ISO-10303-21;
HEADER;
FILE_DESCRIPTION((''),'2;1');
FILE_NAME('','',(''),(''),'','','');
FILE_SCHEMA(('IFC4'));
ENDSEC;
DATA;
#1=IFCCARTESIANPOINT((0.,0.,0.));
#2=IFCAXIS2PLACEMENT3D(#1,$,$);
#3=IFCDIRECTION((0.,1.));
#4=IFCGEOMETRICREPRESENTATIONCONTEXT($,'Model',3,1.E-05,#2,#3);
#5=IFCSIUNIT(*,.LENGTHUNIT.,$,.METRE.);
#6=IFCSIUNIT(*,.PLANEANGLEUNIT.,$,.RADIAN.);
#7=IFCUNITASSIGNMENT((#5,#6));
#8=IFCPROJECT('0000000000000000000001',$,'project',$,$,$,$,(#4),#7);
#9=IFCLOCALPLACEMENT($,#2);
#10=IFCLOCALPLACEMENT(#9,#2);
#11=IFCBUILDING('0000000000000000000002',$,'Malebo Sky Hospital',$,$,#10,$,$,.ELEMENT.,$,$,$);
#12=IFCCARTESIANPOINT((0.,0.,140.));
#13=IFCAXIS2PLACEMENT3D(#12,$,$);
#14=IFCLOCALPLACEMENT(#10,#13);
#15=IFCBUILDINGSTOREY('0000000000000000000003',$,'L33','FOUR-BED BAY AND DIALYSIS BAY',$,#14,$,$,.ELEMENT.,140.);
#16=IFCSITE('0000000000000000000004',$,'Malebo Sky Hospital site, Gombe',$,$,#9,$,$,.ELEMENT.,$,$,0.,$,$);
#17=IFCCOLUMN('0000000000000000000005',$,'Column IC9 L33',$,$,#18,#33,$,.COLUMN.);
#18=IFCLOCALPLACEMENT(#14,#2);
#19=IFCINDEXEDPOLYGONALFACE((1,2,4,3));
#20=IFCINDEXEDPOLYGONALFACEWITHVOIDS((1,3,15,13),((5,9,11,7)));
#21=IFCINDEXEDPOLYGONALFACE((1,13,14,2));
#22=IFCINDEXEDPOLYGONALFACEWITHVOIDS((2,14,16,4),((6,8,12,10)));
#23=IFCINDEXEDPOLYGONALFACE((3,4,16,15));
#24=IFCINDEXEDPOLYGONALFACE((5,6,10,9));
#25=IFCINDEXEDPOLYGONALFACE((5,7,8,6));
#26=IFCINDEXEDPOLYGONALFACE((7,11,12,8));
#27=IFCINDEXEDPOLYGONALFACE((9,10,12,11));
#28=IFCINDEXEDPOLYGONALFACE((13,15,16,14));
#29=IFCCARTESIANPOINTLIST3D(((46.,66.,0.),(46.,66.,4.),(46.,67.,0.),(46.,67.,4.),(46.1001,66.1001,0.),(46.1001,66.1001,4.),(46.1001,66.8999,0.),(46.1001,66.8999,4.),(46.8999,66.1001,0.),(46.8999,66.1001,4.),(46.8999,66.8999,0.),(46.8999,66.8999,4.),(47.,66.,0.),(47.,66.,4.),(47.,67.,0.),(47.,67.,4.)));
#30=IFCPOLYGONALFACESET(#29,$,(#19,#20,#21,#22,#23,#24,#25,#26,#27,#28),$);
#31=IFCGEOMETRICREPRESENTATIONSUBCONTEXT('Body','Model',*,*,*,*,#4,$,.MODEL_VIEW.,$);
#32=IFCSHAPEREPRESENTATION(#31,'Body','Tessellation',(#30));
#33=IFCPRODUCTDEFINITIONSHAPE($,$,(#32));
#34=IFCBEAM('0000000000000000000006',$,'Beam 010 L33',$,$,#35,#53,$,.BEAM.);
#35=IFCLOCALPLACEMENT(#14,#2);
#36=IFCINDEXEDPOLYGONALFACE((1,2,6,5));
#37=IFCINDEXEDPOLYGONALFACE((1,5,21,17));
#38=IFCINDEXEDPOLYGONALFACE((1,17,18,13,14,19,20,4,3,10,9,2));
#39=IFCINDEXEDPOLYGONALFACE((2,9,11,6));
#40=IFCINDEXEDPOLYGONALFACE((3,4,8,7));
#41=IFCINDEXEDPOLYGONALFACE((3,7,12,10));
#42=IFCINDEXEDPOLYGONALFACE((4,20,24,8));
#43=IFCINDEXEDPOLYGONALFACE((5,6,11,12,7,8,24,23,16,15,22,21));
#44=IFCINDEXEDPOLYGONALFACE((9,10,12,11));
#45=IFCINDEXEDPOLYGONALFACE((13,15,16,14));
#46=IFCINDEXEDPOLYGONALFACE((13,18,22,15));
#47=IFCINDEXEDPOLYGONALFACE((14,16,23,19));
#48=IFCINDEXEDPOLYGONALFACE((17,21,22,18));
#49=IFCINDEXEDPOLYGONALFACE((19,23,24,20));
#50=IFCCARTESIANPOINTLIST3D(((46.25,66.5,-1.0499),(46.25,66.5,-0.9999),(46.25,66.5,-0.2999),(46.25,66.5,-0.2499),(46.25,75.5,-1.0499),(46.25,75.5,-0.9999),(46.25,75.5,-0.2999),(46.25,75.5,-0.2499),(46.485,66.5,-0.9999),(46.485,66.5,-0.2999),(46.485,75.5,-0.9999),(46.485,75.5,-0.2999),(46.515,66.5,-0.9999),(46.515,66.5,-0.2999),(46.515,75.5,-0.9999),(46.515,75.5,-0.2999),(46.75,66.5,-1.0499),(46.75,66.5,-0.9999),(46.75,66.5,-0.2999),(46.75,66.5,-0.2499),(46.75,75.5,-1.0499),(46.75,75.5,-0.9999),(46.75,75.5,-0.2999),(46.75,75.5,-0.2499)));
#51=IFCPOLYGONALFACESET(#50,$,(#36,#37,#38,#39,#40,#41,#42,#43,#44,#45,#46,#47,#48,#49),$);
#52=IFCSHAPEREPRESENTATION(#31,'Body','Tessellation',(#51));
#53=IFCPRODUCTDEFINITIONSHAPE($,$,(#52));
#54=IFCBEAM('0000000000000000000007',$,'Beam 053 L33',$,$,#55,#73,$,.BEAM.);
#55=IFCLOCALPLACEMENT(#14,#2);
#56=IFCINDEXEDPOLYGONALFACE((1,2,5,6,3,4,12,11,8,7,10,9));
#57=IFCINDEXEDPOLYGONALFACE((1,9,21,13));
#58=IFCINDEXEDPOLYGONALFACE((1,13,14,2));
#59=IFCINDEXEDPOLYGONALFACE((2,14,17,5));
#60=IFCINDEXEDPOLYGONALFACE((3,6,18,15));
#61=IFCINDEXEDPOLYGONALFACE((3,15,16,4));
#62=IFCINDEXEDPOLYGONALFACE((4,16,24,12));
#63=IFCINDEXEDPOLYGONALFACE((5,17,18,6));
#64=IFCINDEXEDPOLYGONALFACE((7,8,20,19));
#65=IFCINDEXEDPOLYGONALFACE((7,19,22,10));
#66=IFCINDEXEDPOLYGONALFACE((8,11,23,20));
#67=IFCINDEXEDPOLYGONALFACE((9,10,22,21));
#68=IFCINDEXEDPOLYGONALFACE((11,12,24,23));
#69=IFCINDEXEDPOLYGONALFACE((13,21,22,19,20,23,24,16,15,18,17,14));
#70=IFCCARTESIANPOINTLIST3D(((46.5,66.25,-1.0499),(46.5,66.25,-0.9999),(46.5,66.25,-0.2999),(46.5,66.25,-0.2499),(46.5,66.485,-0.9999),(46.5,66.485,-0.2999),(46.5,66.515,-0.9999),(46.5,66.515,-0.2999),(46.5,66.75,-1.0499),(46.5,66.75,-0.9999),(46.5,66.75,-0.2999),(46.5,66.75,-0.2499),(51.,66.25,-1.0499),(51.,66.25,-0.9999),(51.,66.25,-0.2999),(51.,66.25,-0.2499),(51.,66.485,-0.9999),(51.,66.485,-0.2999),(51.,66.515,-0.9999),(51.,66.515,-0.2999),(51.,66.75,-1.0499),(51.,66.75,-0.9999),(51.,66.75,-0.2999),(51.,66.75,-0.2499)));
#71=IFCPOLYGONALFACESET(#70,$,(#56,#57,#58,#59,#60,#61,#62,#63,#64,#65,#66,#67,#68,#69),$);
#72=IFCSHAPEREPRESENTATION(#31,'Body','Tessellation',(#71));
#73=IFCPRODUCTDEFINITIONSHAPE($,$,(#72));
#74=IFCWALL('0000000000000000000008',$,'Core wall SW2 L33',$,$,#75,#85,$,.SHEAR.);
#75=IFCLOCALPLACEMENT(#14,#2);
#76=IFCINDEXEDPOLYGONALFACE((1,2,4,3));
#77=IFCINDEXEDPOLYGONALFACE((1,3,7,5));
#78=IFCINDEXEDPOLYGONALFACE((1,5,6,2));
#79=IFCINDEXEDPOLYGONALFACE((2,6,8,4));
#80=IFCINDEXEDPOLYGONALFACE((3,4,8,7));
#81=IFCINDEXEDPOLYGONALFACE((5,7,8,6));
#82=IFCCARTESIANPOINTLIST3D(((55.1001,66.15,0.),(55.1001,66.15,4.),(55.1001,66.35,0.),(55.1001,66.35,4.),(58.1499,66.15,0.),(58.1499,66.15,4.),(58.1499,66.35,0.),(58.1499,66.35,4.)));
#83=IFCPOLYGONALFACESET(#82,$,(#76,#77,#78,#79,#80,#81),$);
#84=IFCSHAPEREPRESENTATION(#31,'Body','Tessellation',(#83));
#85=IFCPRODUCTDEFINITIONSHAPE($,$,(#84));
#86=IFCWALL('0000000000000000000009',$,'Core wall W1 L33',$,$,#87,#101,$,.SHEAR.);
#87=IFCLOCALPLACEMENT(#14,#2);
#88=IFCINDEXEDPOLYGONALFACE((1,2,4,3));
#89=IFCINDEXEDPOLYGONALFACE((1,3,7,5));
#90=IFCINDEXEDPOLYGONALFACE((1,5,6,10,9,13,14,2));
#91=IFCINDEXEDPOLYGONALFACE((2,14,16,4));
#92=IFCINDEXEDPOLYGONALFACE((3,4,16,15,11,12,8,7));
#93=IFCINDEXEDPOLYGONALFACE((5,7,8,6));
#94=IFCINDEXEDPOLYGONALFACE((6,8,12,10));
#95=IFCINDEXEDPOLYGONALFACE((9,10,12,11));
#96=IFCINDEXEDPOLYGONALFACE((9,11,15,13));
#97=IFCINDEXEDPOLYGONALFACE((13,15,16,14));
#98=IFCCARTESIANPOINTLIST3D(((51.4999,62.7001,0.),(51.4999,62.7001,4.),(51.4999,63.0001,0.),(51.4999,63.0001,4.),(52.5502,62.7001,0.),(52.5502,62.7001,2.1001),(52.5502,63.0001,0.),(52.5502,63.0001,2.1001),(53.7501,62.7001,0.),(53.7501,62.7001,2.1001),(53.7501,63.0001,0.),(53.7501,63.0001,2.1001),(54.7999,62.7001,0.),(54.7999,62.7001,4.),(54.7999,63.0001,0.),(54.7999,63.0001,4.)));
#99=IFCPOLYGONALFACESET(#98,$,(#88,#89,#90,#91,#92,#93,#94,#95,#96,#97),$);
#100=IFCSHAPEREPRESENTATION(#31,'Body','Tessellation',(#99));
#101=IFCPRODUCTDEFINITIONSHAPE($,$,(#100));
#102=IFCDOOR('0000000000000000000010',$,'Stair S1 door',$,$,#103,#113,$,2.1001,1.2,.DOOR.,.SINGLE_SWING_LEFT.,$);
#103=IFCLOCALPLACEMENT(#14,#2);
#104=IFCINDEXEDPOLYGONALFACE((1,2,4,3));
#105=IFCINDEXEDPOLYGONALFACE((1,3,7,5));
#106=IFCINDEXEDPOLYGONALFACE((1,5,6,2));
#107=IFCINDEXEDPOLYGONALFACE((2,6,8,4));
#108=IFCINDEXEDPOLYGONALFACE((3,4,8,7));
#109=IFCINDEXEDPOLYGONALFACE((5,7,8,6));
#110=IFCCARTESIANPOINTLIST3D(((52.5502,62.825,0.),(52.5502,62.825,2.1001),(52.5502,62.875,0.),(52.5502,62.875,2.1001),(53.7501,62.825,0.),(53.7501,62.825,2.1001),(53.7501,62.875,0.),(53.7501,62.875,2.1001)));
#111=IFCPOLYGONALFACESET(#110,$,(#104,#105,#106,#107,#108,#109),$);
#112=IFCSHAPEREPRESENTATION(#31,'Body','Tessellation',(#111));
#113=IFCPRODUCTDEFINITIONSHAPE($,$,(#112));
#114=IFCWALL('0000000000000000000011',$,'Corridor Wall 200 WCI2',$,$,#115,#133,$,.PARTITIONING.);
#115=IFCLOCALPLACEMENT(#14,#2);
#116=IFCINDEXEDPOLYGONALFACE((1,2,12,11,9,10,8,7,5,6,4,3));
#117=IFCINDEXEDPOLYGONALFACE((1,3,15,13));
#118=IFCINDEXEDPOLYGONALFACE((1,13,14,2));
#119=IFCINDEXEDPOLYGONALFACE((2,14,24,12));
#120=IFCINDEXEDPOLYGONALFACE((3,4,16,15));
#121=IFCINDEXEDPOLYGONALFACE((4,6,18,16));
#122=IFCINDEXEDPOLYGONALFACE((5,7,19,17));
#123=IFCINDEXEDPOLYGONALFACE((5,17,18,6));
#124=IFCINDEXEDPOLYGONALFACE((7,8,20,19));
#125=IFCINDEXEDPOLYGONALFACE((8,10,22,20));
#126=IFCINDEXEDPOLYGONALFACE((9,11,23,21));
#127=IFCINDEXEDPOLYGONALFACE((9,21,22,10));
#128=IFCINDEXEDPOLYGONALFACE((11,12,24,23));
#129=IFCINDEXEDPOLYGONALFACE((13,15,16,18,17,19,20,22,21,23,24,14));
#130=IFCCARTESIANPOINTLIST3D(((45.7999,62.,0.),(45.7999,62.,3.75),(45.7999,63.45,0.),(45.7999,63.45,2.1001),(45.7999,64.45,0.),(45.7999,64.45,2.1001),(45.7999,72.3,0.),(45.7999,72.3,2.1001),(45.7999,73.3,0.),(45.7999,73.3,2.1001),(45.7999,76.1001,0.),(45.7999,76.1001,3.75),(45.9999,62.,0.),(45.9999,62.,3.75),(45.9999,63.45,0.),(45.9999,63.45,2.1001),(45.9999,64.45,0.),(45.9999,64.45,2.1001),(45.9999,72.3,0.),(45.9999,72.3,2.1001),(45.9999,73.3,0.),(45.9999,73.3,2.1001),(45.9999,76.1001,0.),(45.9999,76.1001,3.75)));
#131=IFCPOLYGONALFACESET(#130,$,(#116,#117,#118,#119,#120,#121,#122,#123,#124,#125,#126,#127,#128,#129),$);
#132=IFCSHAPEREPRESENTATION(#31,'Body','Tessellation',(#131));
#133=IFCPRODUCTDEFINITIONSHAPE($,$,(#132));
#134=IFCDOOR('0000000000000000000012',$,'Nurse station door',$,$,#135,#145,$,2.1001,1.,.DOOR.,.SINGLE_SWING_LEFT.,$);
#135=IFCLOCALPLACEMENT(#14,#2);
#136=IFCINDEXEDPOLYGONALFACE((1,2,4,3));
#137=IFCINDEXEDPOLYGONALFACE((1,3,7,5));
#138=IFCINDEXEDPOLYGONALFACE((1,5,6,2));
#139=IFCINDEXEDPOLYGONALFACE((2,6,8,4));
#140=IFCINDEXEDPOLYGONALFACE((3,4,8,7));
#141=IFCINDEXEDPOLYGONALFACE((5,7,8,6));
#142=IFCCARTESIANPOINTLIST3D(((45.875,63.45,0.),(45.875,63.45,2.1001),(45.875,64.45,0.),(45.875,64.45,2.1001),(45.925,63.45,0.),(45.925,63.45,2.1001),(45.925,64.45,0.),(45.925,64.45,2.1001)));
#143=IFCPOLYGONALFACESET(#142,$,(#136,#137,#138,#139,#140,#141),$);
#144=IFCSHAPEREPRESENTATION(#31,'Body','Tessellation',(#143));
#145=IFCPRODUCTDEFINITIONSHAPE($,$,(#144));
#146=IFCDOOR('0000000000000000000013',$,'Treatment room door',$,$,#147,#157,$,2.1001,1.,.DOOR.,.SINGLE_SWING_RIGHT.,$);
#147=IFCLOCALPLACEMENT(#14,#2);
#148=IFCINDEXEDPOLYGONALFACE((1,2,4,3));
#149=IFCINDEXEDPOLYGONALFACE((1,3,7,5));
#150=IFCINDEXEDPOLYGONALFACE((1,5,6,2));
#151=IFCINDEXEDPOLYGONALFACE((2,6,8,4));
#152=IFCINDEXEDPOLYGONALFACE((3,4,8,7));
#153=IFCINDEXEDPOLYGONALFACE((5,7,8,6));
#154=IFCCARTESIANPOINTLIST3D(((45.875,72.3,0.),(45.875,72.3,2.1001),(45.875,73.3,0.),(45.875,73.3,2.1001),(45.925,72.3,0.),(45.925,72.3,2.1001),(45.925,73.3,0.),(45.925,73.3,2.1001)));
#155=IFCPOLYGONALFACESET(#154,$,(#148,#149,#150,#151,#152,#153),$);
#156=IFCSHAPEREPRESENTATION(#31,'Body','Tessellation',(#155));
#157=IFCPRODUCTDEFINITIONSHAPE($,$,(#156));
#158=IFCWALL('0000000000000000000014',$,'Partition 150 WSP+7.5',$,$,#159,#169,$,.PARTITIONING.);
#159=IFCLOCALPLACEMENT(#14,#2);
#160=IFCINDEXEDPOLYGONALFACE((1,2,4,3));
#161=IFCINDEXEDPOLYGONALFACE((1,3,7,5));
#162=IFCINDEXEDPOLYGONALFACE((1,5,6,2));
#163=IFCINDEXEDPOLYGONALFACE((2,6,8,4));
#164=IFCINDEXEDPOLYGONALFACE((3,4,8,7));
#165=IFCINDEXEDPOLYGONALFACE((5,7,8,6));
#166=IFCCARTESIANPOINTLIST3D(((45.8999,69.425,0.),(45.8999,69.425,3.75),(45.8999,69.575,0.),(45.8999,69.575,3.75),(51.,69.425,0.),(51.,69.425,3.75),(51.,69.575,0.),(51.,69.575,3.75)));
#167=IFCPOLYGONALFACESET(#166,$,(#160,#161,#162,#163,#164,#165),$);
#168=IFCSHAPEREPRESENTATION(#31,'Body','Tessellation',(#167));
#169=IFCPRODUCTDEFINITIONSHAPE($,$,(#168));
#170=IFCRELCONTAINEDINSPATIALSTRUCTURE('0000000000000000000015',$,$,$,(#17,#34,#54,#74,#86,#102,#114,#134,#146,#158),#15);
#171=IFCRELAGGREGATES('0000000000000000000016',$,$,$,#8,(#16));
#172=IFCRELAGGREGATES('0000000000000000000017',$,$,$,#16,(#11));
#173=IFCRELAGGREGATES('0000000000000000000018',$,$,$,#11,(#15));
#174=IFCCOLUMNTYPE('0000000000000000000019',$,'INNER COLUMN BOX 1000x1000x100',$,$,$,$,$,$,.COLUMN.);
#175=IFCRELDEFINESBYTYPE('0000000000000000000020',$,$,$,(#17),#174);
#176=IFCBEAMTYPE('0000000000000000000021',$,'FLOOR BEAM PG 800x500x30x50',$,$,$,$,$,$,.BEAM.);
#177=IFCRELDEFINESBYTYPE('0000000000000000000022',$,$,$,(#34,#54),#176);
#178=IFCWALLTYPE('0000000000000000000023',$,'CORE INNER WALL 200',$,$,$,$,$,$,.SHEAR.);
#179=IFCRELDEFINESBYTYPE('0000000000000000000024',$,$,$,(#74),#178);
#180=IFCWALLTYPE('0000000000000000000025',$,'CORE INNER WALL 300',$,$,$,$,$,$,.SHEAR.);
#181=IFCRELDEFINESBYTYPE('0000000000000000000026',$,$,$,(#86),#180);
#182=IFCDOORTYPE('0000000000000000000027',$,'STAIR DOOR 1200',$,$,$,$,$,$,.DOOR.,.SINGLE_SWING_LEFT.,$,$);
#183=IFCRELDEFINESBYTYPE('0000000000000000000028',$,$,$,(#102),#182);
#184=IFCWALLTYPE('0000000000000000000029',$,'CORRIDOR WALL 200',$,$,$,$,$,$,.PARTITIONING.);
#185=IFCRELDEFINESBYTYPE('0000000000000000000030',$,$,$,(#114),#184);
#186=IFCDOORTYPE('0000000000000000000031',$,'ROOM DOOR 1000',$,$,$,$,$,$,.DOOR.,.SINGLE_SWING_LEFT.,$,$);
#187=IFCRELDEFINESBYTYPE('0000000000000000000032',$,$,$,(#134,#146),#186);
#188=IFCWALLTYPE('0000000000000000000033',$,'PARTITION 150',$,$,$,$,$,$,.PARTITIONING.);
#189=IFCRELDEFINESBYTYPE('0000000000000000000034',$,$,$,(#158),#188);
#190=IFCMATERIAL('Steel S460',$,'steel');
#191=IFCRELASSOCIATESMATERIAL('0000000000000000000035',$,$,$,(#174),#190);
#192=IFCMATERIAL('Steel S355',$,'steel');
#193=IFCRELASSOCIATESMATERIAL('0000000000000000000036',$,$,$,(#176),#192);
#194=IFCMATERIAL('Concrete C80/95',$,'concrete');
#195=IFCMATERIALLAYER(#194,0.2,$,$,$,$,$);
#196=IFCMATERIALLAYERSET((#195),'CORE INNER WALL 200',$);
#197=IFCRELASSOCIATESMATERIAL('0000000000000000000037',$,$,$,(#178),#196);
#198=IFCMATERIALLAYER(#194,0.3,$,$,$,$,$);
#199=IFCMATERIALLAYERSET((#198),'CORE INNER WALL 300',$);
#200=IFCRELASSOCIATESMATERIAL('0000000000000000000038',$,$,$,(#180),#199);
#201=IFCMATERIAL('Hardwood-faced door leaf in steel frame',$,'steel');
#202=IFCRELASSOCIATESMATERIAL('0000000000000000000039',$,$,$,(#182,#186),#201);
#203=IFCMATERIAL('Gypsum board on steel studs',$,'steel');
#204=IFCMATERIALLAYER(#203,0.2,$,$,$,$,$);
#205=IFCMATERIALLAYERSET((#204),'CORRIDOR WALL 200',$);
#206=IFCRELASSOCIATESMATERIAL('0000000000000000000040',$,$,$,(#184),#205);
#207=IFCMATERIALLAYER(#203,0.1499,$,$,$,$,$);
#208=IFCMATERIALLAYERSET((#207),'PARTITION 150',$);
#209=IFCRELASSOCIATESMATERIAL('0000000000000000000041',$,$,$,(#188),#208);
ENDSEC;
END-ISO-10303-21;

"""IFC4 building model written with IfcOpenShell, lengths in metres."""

from ifc_helpers import new_model, si_unit, direction, frame, frame_2d, origin, origin_2d, place, context, subcontext, project, spatial, rectangle, hollow_rectangle, i_section, extrude, material, layer, layer_set, material_profile, profile_set, type_object, element, fill, save


model = new_model("IFC4")

# Units and contexts
model_context = context("Model", 3, precision=1e-05, world=origin(), true_north=direction((0.0, 1.0)))
body_context = subcontext(model_context, "Body", "Model", "MODEL_VIEW")
ifc_project = project(units=[si_unit("LENGTHUNIT", "METRE"), si_unit("PLANEANGLEUNIT", "RADIAN")], contexts=[model_context])

# Site, building, storey
site_placement = place(None, origin())
site = spatial("IfcSite", under=ifc_project, at=site_placement, Name="Malebo Sky Hospital site, Gombe", CompositionType="ELEMENT", RefElevation=0.0)
building_placement = place(site_placement, origin())
building = spatial("IfcBuilding", under=site, at=building_placement, Name="Malebo Sky Hospital", CompositionType="ELEMENT")
storey_placement = place(building_placement, frame((0.0, 0.0, 140.0)))
storey = spatial("IfcBuildingStorey", under=building, at=storey_placement, Name="L33", Description="FOUR-BED BAY AND DIALYSIS BAY", CompositionType="ELEMENT", Elevation=140.0)

# Column
ifc_material_1 = material(Name="Steel S460", Category="steel")
ifc_material_profile_1 = material_profile(ifc_material_1, hollow_rectangle(XDim=1.0, YDim=1.0, WallThickness=0.1001, at=origin_2d()), Name="BOX 1000x1000x100")
ifc_profile_set_1 = profile_set([ifc_material_profile_1], Name="Steel S460")
column_type = type_object("IfcColumnType", Name="INNER COLUMN BOX 1000x1000x100", PredefinedType="COLUMN", material=ifc_profile_set_1)
column_placement = place(storey_placement, frame((46.5, 66.5, 0.0), z_axis=(0.0, 0.0, 1.0), x_axis=(1.0, 0.0, 0.0)))
element("IfcColumn", 1, at=column_placement, inside=storey, type_object=column_type, Name="Column IC9 L33", PredefinedType="COLUMN", context=body_context, shape_type="SweptSolid", body=[
    extrude(hollow_rectangle(XDim=1.0, YDim=1.0, WallThickness=0.1001, at=origin_2d()), origin(), (0.0, 0.0, 1.0), 4.0),
])

# Beams
ifc_material_2 = material(Name="Steel S355", Category="steel")
ifc_material_profile_2 = material_profile(ifc_material_2, i_section(OverallWidth=0.5, OverallDepth=0.8, WebThickness=0.03, FlangeThickness=0.05, at=origin_2d()), Name="PG 800x500x30x50")
ifc_profile_set_2 = profile_set([ifc_material_profile_2], Name="Steel S355")
beam_type = type_object("IfcBeamType", Name="FLOOR BEAM PG 800x500x30x50", PredefinedType="BEAM", material=ifc_profile_set_2)
beam_1_placement = place(storey_placement, frame((46.5, 66.5, -0.6499), z_axis=(0.0, 1.0, 0.0), x_axis=(-1.0, 0.0, 0.0)))
element("IfcBeam", 2, at=beam_1_placement, inside=storey, type_object=beam_type, Name="Beam 010 L33", PredefinedType="BEAM", context=body_context, shape_type="SweptSolid", body=[
    extrude(i_section(OverallWidth=0.5, OverallDepth=0.8, WebThickness=0.03, FlangeThickness=0.05, at=origin_2d()), origin(), (0.0, 0.0, 1.0), 9.0),
])
beam_2_placement = place(storey_placement, frame((46.5, 66.5, -0.6499), z_axis=(1.0, 0.0, 0.0), x_axis=(0.0, 1.0, 0.0)))
element("IfcBeam", 3, at=beam_2_placement, inside=storey, type_object=beam_type, Name="Beam 053 L33", PredefinedType="BEAM", context=body_context, shape_type="SweptSolid", body=[
    extrude(i_section(OverallWidth=0.5, OverallDepth=0.8, WebThickness=0.03, FlangeThickness=0.05, at=origin_2d()), origin(), (0.0, 0.0, 1.0), 4.5),
])

# Wall
ifc_material_3 = material(Name="Concrete C80/95", Category="concrete")
ifc_layer_1 = layer(ifc_material_3, 0.2)
ifc_layer_set_1 = layer_set([ifc_layer_1], Name="CORE INNER WALL 200")
wall_type_1 = type_object("IfcWallType", Name="CORE INNER WALL 200", PredefinedType="SHEAR", material=ifc_layer_set_1)
wall_1_placement = place(storey_placement, frame((55.1001, 66.25, 0.0), z_axis=(0.0, 0.0, 1.0), x_axis=(1.0, 0.0, 0.0)))
element("IfcWall", 4, at=wall_1_placement, inside=storey, type_object=wall_type_1, Name="Core wall SW2 L33", PredefinedType="SHEAR", context=body_context, shape_type="SweptSolid", body=[
    extrude(rectangle(XDim=3.0498, YDim=0.2, at=frame_2d((1.5249, 0.0))), origin(), (0.0, 0.0, 1.0), 4.0),
])

# Wall, opening, door
ifc_layer_2 = layer(ifc_material_3, 0.3)
ifc_layer_set_2 = layer_set([ifc_layer_2], Name="CORE INNER WALL 300")
wall_type_2 = type_object("IfcWallType", Name="CORE INNER WALL 300", PredefinedType="SHEAR", material=ifc_layer_set_2)
wall_2_placement = place(storey_placement, frame((51.5, 62.8501, 0.0), z_axis=(0.0, 0.0, 1.0), x_axis=(1.0, 0.0, 0.0)))
wall_2 = element("IfcWall", 5, at=wall_2_placement, inside=storey, type_object=wall_type_2, Name="Core wall W1 L33", PredefinedType="SHEAR", context=body_context, shape_type="SweptSolid", body=[
    extrude(rectangle(XDim=3.3, YDim=0.3, at=frame_2d((1.6499, 0.0))), origin(), (0.0, 0.0, 1.0), 4.0),
])
opening_1_placement = place(wall_2_placement, frame((1.05, 0.0, 0.0)))
opening_1 = element("IfcOpeningElement", 6, at=opening_1_placement, cuts=wall_2, PredefinedType="OPENING", context=body_context, shape_type="SweptSolid", body=[
    extrude(rectangle(XDim=1.2, YDim=2.1001, at=frame_2d((0.6001, 1.05))), frame((0.0, 0.1599, 0.0), z_axis=(0.0, -1.0, 0.0), x_axis=(1.0, 0.0, 0.0)), (0.0, 0.0, 1.0), 0.3201),
])
ifc_material_4 = material(Name="Hardwood-faced door leaf in steel frame", Category="steel")
door_type_1 = type_object("IfcDoorType", Name="STAIR DOOR 1200", OperationType="SINGLE_SWING_LEFT", PredefinedType="DOOR", material=ifc_material_4)
door_1_placement = place(opening_1_placement, origin())
door_1 = element("IfcDoor", 7, at=door_1_placement, inside=storey, type_object=door_type_1, Name="Stair S1 door", OperationType="SINGLE_SWING_LEFT", OverallHeight=2.1001, OverallWidth=1.2, PredefinedType="DOOR", context=body_context, shape_type="SweptSolid", body=[
    extrude(rectangle(XDim=1.2, YDim=2.1001, at=frame_2d((0.6001, 1.05))), frame((0.0, 0.0249, 0.0), z_axis=(0.0, -1.0, 0.0), x_axis=(1.0, 0.0, 0.0)), (0.0, 0.0, 1.0), 0.05),
])
fill(opening_1, door_1)

# Wall, openings, doors
ifc_material_5 = material(Name="Gypsum board on steel studs", Category="steel")
ifc_layer_3 = layer(ifc_material_5, 0.2)
ifc_layer_set_3 = layer_set([ifc_layer_3], Name="CORRIDOR WALL 200")
wall_type_3 = type_object("IfcWallType", Name="CORRIDOR WALL 200", PredefinedType="PARTITIONING", material=ifc_layer_set_3)
wall_3_placement = place(storey_placement, frame((45.8999, 62.0, 0.0), z_axis=(0.0, 0.0, 1.0), x_axis=(0.0, 1.0, 0.0)))
wall_3 = element("IfcWall", 8, at=wall_3_placement, inside=storey, type_object=wall_type_3, Name="Corridor Wall 200 WCI2", PredefinedType="PARTITIONING", context=body_context, shape_type="SweptSolid", body=[
    extrude(rectangle(XDim=14.1001, YDim=0.2, at=frame_2d((7.05, 0.0))), origin(), (0.0, 0.0, 1.0), 3.75),
])
opening_2_placement = place(wall_3_placement, frame((1.45, 0.0, 0.0)))
opening_2 = element("IfcOpeningElement", 9, at=opening_2_placement, cuts=wall_3, PredefinedType="OPENING", context=body_context, shape_type="SweptSolid", body=[
    extrude(rectangle(XDim=1.0, YDim=2.1001, at=frame_2d((0.5, 1.05))), frame((0.0, 0.1099, 0.0), z_axis=(0.0, -1.0, 0.0), x_axis=(1.0, 0.0, 0.0)), (0.0, 0.0, 1.0), 0.22),
])
opening_3_placement = place(wall_3_placement, frame((10.3, 0.0, 0.0)))
opening_3 = element("IfcOpeningElement", 10, at=opening_3_placement, cuts=wall_3, PredefinedType="OPENING", context=body_context, shape_type="SweptSolid", body=[
    extrude(rectangle(XDim=1.0, YDim=2.1001, at=frame_2d((0.5, 1.05))), frame((0.0, 0.1099, 0.0), z_axis=(0.0, -1.0, 0.0), x_axis=(1.0, 0.0, 0.0)), (0.0, 0.0, 1.0), 0.22),
])
door_type_2 = type_object("IfcDoorType", Name="ROOM DOOR 1000", OperationType="SINGLE_SWING_LEFT", PredefinedType="DOOR", material=ifc_material_4)
door_2_placement = place(opening_2_placement, origin())
door_2 = element("IfcDoor", 11, at=door_2_placement, inside=storey, type_object=door_type_2, Name="Nurse station door", OperationType="SINGLE_SWING_LEFT", OverallHeight=2.1001, OverallWidth=1.0, PredefinedType="DOOR", context=body_context, shape_type="SweptSolid", body=[
    extrude(rectangle(XDim=1.0, YDim=2.1001, at=frame_2d((0.5, 1.05))), frame((0.0, 0.0249, 0.0), z_axis=(0.0, -1.0, 0.0), x_axis=(1.0, 0.0, 0.0)), (0.0, 0.0, 1.0), 0.05),
])
fill(opening_2, door_2)
door_3_placement = place(opening_3_placement, origin())
door_3 = element("IfcDoor", 12, at=door_3_placement, inside=storey, type_object=door_type_2, Name="Treatment room door", OperationType="SINGLE_SWING_RIGHT", OverallHeight=2.1001, OverallWidth=1.0, PredefinedType="DOOR", context=body_context, shape_type="SweptSolid", body=[
    extrude(rectangle(XDim=1.0, YDim=2.1001, at=frame_2d((0.5, 1.05))), frame((0.0, 0.0249, 0.0), z_axis=(0.0, -1.0, 0.0), x_axis=(1.0, 0.0, 0.0)), (0.0, 0.0, 1.0), 0.05),
])
fill(opening_3, door_3)

# Wall
ifc_layer_4 = layer(ifc_material_5, 0.1499)
ifc_layer_set_4 = layer_set([ifc_layer_4], Name="PARTITION 150")
wall_type_4 = type_object("IfcWallType", Name="PARTITION 150", PredefinedType="PARTITIONING", material=ifc_layer_set_4)
wall_4_placement = place(storey_placement, frame((51.0, 69.5, 0.0), z_axis=(0.0, 0.0, 1.0), x_axis=(-1.0, 0.0, 0.0)))
element("IfcWall", 13, at=wall_4_placement, inside=storey, type_object=wall_type_4, Name="Partition 150 WSP+7.5", PredefinedType="PARTITIONING", context=body_context, shape_type="SweptSolid", body=[
    extrude(rectangle(XDim=5.1001, YDim=0.1499, at=frame_2d((2.55, 0.0))), origin(), (0.0, 0.0, 1.0), 3.75),
])

save(model, "model.ifc")
